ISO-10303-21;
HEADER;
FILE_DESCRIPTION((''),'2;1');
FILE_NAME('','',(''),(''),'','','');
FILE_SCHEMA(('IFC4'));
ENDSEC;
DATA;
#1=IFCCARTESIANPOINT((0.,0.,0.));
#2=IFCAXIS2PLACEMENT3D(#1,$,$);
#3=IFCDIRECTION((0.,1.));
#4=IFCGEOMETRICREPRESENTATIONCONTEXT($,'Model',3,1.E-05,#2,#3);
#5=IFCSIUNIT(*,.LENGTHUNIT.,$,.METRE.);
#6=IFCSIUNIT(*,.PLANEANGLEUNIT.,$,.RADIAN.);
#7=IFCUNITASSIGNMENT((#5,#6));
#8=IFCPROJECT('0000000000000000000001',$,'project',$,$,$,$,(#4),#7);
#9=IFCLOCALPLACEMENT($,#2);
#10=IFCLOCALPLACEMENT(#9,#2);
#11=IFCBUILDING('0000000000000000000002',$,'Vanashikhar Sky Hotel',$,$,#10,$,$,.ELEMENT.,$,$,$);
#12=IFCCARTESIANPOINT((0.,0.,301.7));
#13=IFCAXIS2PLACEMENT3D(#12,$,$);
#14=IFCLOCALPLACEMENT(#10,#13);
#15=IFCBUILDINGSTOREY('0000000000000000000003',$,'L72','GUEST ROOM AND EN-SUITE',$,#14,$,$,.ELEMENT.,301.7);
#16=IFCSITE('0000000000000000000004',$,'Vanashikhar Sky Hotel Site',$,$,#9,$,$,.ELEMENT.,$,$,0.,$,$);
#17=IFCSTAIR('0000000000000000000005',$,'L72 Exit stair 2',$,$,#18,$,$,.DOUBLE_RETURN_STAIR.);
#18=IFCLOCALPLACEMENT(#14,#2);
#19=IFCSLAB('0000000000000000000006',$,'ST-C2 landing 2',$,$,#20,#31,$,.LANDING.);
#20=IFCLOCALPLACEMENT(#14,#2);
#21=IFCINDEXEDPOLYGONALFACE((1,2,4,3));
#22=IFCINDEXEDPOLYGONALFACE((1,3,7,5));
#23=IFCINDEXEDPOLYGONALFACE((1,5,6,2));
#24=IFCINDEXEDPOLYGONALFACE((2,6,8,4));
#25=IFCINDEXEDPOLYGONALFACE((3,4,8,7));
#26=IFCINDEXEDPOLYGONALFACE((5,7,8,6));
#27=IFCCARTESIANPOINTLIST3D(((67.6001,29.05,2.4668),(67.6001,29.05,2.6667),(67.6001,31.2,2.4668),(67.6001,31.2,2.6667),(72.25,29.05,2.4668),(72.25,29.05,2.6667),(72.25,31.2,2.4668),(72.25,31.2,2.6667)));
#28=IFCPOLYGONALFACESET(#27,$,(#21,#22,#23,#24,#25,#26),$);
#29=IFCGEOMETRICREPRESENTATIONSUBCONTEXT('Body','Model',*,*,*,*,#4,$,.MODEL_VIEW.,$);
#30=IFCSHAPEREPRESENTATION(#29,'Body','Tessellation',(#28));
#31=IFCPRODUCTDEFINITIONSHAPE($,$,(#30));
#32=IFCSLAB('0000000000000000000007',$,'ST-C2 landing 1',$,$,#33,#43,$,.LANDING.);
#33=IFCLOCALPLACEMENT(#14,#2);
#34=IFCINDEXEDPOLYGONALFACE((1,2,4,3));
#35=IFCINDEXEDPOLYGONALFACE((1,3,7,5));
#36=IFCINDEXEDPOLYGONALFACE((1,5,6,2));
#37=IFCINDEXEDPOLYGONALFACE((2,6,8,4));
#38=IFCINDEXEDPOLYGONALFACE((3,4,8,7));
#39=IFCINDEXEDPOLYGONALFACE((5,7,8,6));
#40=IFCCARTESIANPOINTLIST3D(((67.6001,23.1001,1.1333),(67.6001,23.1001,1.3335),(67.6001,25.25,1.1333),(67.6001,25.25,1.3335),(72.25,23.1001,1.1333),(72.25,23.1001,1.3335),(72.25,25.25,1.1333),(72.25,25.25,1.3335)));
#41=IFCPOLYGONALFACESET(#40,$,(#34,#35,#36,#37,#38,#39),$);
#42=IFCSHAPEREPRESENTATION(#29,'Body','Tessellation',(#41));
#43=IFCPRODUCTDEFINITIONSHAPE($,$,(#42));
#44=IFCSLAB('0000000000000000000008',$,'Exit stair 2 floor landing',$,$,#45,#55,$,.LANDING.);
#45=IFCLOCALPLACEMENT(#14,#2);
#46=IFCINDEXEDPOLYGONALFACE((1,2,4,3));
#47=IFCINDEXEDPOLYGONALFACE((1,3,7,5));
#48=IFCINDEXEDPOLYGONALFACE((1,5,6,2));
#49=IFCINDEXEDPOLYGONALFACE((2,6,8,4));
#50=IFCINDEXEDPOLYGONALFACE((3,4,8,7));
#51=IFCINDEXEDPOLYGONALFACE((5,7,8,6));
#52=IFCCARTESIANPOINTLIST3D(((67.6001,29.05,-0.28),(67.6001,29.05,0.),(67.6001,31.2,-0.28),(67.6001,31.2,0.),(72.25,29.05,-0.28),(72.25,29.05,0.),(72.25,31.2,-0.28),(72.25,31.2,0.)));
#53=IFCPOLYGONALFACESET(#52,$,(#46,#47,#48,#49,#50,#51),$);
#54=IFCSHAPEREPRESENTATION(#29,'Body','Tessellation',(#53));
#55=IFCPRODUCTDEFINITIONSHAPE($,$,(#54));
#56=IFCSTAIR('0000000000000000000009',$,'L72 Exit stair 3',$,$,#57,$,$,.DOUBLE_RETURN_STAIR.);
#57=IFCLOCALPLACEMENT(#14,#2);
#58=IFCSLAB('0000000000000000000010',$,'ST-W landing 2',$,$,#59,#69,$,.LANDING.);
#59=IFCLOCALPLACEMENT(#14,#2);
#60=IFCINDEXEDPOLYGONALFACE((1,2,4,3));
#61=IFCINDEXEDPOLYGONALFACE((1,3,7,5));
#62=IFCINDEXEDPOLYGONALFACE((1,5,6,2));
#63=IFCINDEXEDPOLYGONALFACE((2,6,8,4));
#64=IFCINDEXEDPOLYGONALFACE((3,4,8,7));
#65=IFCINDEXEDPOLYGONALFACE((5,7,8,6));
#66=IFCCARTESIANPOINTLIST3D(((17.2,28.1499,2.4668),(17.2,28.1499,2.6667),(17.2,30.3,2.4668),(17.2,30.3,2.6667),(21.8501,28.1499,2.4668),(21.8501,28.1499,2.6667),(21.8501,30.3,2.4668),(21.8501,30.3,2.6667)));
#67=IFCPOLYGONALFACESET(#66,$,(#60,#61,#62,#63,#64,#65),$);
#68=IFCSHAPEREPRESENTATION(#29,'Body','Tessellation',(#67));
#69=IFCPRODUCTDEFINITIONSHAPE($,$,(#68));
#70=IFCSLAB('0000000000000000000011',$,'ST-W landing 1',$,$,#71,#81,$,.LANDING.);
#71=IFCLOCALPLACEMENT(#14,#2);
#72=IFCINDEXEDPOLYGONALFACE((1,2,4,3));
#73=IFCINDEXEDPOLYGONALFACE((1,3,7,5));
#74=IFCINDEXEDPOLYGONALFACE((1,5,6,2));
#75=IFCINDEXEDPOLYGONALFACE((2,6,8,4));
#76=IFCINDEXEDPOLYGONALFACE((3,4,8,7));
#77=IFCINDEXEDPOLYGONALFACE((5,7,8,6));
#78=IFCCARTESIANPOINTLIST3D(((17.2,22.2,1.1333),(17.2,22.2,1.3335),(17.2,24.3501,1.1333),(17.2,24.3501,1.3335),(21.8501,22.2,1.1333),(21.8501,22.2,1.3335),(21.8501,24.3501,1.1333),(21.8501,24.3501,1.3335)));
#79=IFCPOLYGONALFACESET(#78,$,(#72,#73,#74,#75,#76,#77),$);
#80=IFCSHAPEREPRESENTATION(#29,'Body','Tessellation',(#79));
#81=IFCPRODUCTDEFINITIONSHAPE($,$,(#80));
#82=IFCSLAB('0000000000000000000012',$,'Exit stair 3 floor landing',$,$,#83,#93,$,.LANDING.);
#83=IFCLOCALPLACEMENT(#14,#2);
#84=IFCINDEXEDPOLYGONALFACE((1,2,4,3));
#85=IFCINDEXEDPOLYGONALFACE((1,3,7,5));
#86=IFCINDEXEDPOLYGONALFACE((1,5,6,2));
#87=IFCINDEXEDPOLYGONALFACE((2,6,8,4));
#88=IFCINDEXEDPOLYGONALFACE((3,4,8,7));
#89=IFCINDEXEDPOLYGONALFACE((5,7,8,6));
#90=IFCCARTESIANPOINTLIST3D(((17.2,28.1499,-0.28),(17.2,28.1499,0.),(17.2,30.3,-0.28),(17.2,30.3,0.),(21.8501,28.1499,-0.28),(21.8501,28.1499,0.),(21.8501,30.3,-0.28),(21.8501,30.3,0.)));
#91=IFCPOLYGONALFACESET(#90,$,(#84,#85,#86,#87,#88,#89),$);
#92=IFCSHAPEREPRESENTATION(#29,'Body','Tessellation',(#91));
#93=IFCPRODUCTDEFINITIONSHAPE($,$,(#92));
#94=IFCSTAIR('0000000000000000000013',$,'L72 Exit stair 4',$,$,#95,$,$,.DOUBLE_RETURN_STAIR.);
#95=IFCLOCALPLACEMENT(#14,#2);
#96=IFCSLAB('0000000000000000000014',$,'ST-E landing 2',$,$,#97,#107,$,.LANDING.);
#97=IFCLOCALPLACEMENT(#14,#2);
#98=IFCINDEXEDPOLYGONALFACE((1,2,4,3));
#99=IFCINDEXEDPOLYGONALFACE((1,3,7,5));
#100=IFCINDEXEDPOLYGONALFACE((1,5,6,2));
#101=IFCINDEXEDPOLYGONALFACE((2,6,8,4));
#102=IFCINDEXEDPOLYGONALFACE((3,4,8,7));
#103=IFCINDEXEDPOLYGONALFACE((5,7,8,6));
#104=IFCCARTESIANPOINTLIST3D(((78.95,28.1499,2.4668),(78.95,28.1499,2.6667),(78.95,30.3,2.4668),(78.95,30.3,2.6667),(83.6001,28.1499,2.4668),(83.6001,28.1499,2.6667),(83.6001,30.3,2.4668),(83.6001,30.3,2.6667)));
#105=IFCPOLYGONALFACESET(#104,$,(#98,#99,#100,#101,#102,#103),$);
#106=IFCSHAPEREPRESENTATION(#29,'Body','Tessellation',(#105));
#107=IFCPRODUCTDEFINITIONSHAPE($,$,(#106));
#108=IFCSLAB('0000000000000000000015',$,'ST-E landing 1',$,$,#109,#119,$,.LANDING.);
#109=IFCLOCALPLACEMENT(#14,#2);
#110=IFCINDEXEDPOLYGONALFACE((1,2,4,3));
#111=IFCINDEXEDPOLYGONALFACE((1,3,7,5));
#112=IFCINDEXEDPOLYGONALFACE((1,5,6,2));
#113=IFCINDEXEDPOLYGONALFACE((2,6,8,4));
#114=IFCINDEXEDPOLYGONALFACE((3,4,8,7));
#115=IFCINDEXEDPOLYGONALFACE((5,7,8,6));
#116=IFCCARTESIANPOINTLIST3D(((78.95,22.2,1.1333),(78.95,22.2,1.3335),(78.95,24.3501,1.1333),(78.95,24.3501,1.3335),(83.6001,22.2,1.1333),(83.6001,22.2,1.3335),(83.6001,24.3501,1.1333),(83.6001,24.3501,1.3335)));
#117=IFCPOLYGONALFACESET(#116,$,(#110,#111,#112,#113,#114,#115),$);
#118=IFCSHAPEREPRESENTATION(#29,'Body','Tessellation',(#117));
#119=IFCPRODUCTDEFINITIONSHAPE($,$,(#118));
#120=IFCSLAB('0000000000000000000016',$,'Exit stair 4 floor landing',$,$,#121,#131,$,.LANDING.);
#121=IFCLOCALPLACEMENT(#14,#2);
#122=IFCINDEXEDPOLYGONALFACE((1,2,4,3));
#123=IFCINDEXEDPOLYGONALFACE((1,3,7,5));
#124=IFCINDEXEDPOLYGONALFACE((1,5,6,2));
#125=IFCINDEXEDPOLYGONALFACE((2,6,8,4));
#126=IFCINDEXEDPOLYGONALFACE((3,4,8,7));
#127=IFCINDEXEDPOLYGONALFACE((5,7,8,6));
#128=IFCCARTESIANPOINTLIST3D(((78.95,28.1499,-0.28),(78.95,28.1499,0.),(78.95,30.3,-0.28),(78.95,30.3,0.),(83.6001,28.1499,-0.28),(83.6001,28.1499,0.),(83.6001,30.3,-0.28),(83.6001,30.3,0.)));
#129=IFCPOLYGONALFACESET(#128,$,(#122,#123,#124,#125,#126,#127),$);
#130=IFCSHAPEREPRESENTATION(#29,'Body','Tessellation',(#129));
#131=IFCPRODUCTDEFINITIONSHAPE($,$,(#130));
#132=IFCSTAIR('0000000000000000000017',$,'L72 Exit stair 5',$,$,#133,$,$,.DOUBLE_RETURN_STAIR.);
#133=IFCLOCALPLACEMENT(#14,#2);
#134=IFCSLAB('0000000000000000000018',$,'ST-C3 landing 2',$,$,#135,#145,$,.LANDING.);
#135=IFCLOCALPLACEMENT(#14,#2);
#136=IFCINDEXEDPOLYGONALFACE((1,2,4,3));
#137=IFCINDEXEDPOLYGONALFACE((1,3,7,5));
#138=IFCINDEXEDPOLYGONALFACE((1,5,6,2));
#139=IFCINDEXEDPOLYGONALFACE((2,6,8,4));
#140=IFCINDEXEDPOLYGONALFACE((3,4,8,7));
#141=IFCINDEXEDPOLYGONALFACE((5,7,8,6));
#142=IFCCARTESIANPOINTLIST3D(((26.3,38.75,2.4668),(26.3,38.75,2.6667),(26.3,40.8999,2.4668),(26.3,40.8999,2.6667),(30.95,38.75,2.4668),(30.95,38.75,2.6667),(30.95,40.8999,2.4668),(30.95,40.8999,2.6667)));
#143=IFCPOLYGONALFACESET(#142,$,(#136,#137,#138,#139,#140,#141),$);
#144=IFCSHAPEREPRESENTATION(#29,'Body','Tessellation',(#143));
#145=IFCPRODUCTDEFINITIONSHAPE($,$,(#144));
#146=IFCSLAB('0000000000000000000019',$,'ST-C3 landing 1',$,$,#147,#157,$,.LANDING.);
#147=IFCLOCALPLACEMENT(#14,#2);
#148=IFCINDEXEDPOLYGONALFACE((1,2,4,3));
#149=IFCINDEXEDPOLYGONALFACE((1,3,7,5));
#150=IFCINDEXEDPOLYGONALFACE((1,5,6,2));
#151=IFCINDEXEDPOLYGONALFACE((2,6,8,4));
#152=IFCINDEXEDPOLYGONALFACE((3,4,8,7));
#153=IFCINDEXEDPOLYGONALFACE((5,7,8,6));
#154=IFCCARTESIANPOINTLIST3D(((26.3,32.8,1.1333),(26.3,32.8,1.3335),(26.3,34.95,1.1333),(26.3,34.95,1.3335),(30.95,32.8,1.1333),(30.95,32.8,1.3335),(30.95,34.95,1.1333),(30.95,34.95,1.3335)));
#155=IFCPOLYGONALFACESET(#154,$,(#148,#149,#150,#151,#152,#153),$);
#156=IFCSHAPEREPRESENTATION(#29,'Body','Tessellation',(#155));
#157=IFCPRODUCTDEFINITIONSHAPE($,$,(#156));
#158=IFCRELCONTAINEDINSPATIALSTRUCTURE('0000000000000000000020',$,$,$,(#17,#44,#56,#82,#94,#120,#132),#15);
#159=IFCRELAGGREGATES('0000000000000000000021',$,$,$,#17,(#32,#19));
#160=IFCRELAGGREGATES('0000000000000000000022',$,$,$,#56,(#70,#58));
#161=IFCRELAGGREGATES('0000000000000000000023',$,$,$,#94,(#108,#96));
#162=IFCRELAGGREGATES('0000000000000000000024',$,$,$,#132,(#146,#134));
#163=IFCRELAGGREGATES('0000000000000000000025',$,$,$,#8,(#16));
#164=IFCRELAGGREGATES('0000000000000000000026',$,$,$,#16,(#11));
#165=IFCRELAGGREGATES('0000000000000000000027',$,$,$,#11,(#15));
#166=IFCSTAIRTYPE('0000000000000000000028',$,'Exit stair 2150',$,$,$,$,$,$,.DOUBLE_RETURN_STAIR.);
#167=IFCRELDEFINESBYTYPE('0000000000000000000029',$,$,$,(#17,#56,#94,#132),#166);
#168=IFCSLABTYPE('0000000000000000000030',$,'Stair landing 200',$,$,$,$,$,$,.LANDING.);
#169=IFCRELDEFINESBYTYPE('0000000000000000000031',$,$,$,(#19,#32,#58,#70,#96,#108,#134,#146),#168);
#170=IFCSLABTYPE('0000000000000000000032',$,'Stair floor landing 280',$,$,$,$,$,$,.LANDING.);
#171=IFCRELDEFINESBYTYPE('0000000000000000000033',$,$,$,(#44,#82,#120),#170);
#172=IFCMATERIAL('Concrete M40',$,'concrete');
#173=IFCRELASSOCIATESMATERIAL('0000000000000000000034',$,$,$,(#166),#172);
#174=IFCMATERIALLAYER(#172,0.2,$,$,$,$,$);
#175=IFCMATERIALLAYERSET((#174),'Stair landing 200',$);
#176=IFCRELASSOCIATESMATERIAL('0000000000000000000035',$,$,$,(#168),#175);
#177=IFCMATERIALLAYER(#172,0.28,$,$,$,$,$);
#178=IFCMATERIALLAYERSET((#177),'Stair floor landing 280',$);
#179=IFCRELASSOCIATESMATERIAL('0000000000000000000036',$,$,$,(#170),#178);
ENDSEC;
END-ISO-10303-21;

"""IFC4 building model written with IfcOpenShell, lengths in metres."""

from ifc_helpers import new_model, si_unit, direction, frame, origin, place, context, subcontext, project, spatial, polyline, outline, extrude, source, transform, mapped, material, layer, layer_set, type_object, element, aggregate, save


model = new_model("IFC4")

# Units and contexts
model_context = context("Model", 3, precision=1e-05, world=origin(), true_north=direction((0.0, 1.0)))
body_context = subcontext(model_context, "Body", "Model", "MODEL_VIEW")
ifc_project = project(units=[si_unit("LENGTHUNIT", "METRE"), si_unit("PLANEANGLEUNIT", "RADIAN")], contexts=[model_context])

# Site, building, storey
site_placement = place(None, origin())
site = spatial("IfcSite", under=ifc_project, at=site_placement, Name="Vanashikhar Sky Hotel Site", CompositionType="ELEMENT", RefElevation=0.0)
building_placement = place(site_placement, origin())
building = spatial("IfcBuilding", under=site, at=building_placement, Name="Vanashikhar Sky Hotel", CompositionType="ELEMENT")
storey_placement = place(building_placement, frame((0.0, 0.0, 301.7)))
storey = spatial("IfcBuildingStorey", under=building, at=storey_placement, Name="L72", Description="GUEST ROOM AND EN-SUITE", CompositionType="ELEMENT", Elevation=301.7)

# Shared definitions
ifc_material = material(Name="Concrete M40", Category="concrete")

# Shared definitions
stair_type = type_object("IfcStairType", Name="Exit stair 2150", PredefinedType="DOUBLE_RETURN_STAIR", material=ifc_material)
ifc_layer_1 = layer(ifc_material, 0.2)
ifc_layer_set_1 = layer_set([ifc_layer_1], Name="Stair landing 200")
slab_type_1 = type_object("IfcSlabType", Name="Stair landing 200", PredefinedType="LANDING", material=ifc_layer_set_1)

# Shared definitions
ifc_layer_2 = layer(ifc_material, 0.28)
ifc_layer_set_2 = layer_set([ifc_layer_2], Name="Stair floor landing 280")
slab_type_2 = type_object("IfcSlabType", Name="Stair floor landing 280", PredefinedType="LANDING", material=ifc_layer_set_2)

# Stair, slabs
stair_1_placement = place(storey_placement, origin())
stair_1 = element("IfcStair", 1, at=stair_1_placement, inside=storey, type_object=stair_type, Name="L72 Exit stair 2", PredefinedType="DOUBLE_RETURN_STAIR")
shared_shape_1 = source(origin(), body_context, "Body", "SweptSolid", [
    extrude(outline(polyline([(72.25, 29.05), (72.25, 31.2), (67.6001, 31.2), (67.6001, 29.05), (72.25, 29.05)])), origin(), (0.0, 0.0, 1.0), 0.2),
])
slab_1_placement = place(storey_placement, frame((0.0, 0.0, 2.4668)))
slab_1 = element("IfcSlab", 2, at=slab_1_placement, type_object=slab_type_1, Name="ST-C2 landing 2", PredefinedType="LANDING", context=body_context, shape_type="MappedRepresentation", body=[
    mapped(shared_shape_1, transform((0.0, 0.0, 0.0), scale=1.0)),
])
shared_shape_2 = source(origin(), body_context, "Body", "SweptSolid", [
    extrude(outline(polyline([(72.25, 23.1001), (72.25, 25.25), (67.6001, 25.25), (67.6001, 23.1001), (72.25, 23.1001)])), origin(), (0.0, 0.0, 1.0), 0.2002),
])
slab_2_placement = place(storey_placement, frame((0.0, 0.0, 1.1333)))
slab_2 = element("IfcSlab", 3, at=slab_2_placement, type_object=slab_type_1, Name="ST-C2 landing 1", PredefinedType="LANDING", context=body_context, shape_type="MappedRepresentation", body=[
    mapped(shared_shape_2, transform((0.0, 0.0, 0.0), scale=1.0)),
])
aggregate(stair_1, [slab_2, slab_1])

# Slab
shared_shape_3 = source(origin(), body_context, "Body", "SweptSolid", [
    extrude(outline(polyline([(72.25, 29.05), (72.25, 31.2), (67.6001, 31.2), (67.6001, 29.05), (72.25, 29.05)])), origin(), (0.0, 0.0, 1.0), 0.28),
])
slab_3_placement = place(storey_placement, frame((0.0, 0.0, -0.28)))
element("IfcSlab", 4, at=slab_3_placement, inside=storey, type_object=slab_type_2, Name="Exit stair 2 floor landing", PredefinedType="LANDING", context=body_context, shape_type="MappedRepresentation", body=[
    mapped(shared_shape_3, transform((0.0, 0.0, 0.0), scale=1.0)),
])

# Stair, slabs
stair_2_placement = place(storey_placement, origin())
stair_2 = element("IfcStair", 5, at=stair_2_placement, inside=storey, type_object=stair_type, Name="L72 Exit stair 3", PredefinedType="DOUBLE_RETURN_STAIR")
shared_shape_4 = source(origin(), body_context, "Body", "SweptSolid", [
    extrude(outline(polyline([(21.8501, 28.1499), (21.8501, 30.3), (17.2, 30.3), (17.2, 28.1499), (21.8501, 28.1499)])), origin(), (0.0, 0.0, 1.0), 0.2),
])
slab_4_placement = place(storey_placement, frame((0.0, 0.0, 2.4668)))
slab_4 = element("IfcSlab", 6, at=slab_4_placement, type_object=slab_type_1, Name="ST-W landing 2", PredefinedType="LANDING", context=body_context, shape_type="MappedRepresentation", body=[
    mapped(shared_shape_4, transform((0.0, 0.0, 0.0), scale=1.0)),
])
shared_shape_5 = source(origin(), body_context, "Body", "SweptSolid", [
    extrude(outline(polyline([(21.8501, 22.2), (21.8501, 24.3501), (17.2, 24.3501), (17.2, 22.2), (21.8501, 22.2)])), origin(), (0.0, 0.0, 1.0), 0.2002),
])
slab_5_placement = place(storey_placement, frame((0.0, 0.0, 1.1333)))
slab_5 = element("IfcSlab", 7, at=slab_5_placement, type_object=slab_type_1, Name="ST-W landing 1", PredefinedType="LANDING", context=body_context, shape_type="MappedRepresentation", body=[
    mapped(shared_shape_5, transform((0.0, 0.0, 0.0), scale=1.0)),
])
aggregate(stair_2, [slab_5, slab_4])

# Slab
shared_shape_6 = source(origin(), body_context, "Body", "SweptSolid", [
    extrude(outline(polyline([(21.8501, 28.1499), (21.8501, 30.3), (17.2, 30.3), (17.2, 28.1499), (21.8501, 28.1499)])), origin(), (0.0, 0.0, 1.0), 0.28),
])
slab_6_placement = place(storey_placement, frame((0.0, 0.0, -0.28)))
element("IfcSlab", 8, at=slab_6_placement, inside=storey, type_object=slab_type_2, Name="Exit stair 3 floor landing", PredefinedType="LANDING", context=body_context, shape_type="MappedRepresentation", body=[
    mapped(shared_shape_6, transform((0.0, 0.0, 0.0), scale=1.0)),
])

# Stair, slabs
stair_3_placement = place(storey_placement, origin())
stair_3 = element("IfcStair", 9, at=stair_3_placement, inside=storey, type_object=stair_type, Name="L72 Exit stair 4", PredefinedType="DOUBLE_RETURN_STAIR")
shared_shape_7 = source(origin(), body_context, "Body", "SweptSolid", [
    extrude(outline(polyline([(83.6001, 28.1499), (83.6001, 30.3), (78.95, 30.3), (78.95, 28.1499), (83.6001, 28.1499)])), origin(), (0.0, 0.0, 1.0), 0.2),
])
slab_7_placement = place(storey_placement, frame((0.0, 0.0, 2.4668)))
slab_7 = element("IfcSlab", 10, at=slab_7_placement, type_object=slab_type_1, Name="ST-E landing 2", PredefinedType="LANDING", context=body_context, shape_type="MappedRepresentation", body=[
    mapped(shared_shape_7, transform((0.0, 0.0, 0.0), scale=1.0)),
])
shared_shape_8 = source(origin(), body_context, "Body", "SweptSolid", [
    extrude(outline(polyline([(83.6001, 22.2), (83.6001, 24.3501), (78.95, 24.3501), (78.95, 22.2), (83.6001, 22.2)])), origin(), (0.0, 0.0, 1.0), 0.2002),
])
slab_8_placement = place(storey_placement, frame((0.0, 0.0, 1.1333)))
slab_8 = element("IfcSlab", 11, at=slab_8_placement, type_object=slab_type_1, Name="ST-E landing 1", PredefinedType="LANDING", context=body_context, shape_type="MappedRepresentation", body=[
    mapped(shared_shape_8, transform((0.0, 0.0, 0.0), scale=1.0)),
])
aggregate(stair_3, [slab_8, slab_7])

# Slab
shared_shape_9 = source(origin(), body_context, "Body", "SweptSolid", [
    extrude(outline(polyline([(83.6001, 28.1499), (83.6001, 30.3), (78.95, 30.3), (78.95, 28.1499), (83.6001, 28.1499)])), origin(), (0.0, 0.0, 1.0), 0.28),
])
slab_9_placement = place(storey_placement, frame((0.0, 0.0, -0.28)))
element("IfcSlab", 12, at=slab_9_placement, inside=storey, type_object=slab_type_2, Name="Exit stair 4 floor landing", PredefinedType="LANDING", context=body_context, shape_type="MappedRepresentation", body=[
    mapped(shared_shape_9, transform((0.0, 0.0, 0.0), scale=1.0)),
])

# Stair, slabs
stair_4_placement = place(storey_placement, origin())
stair_4 = element("IfcStair", 13, at=stair_4_placement, inside=storey, type_object=stair_type, Name="L72 Exit stair 5", PredefinedType="DOUBLE_RETURN_STAIR")
shared_shape_10 = source(origin(), body_context, "Body", "SweptSolid", [
    extrude(outline(polyline([(30.95, 38.75), (30.95, 40.8999), (26.3, 40.8999), (26.3, 38.75), (30.95, 38.75)])), origin(), (0.0, 0.0, 1.0), 0.2),
])
slab_10_placement = place(storey_placement, frame((0.0, 0.0, 2.4668)))
slab_10 = element("IfcSlab", 14, at=slab_10_placement, type_object=slab_type_1, Name="ST-C3 landing 2", PredefinedType="LANDING", context=body_context, shape_type="MappedRepresentation", body=[
    mapped(shared_shape_10, transform((0.0, 0.0, 0.0), scale=1.0)),
])
shared_shape_11 = source(origin(), body_context, "Body", "SweptSolid", [
    extrude(outline(polyline([(30.95, 32.8), (30.95, 34.95), (26.3, 34.95), (26.3, 32.8), (30.95, 32.8)])), origin(), (0.0, 0.0, 1.0), 0.2002),
])
slab_11_placement = place(storey_placement, frame((0.0, 0.0, 1.1333)))
slab_11 = element("IfcSlab", 15, at=slab_11_placement, type_object=slab_type_1, Name="ST-C3 landing 1", PredefinedType="LANDING", context=body_context, shape_type="MappedRepresentation", body=[
    mapped(shared_shape_11, transform((0.0, 0.0, 0.0), scale=1.0)),
])
aggregate(stair_4, [slab_11, slab_10])

save(model, "model.ifc")
